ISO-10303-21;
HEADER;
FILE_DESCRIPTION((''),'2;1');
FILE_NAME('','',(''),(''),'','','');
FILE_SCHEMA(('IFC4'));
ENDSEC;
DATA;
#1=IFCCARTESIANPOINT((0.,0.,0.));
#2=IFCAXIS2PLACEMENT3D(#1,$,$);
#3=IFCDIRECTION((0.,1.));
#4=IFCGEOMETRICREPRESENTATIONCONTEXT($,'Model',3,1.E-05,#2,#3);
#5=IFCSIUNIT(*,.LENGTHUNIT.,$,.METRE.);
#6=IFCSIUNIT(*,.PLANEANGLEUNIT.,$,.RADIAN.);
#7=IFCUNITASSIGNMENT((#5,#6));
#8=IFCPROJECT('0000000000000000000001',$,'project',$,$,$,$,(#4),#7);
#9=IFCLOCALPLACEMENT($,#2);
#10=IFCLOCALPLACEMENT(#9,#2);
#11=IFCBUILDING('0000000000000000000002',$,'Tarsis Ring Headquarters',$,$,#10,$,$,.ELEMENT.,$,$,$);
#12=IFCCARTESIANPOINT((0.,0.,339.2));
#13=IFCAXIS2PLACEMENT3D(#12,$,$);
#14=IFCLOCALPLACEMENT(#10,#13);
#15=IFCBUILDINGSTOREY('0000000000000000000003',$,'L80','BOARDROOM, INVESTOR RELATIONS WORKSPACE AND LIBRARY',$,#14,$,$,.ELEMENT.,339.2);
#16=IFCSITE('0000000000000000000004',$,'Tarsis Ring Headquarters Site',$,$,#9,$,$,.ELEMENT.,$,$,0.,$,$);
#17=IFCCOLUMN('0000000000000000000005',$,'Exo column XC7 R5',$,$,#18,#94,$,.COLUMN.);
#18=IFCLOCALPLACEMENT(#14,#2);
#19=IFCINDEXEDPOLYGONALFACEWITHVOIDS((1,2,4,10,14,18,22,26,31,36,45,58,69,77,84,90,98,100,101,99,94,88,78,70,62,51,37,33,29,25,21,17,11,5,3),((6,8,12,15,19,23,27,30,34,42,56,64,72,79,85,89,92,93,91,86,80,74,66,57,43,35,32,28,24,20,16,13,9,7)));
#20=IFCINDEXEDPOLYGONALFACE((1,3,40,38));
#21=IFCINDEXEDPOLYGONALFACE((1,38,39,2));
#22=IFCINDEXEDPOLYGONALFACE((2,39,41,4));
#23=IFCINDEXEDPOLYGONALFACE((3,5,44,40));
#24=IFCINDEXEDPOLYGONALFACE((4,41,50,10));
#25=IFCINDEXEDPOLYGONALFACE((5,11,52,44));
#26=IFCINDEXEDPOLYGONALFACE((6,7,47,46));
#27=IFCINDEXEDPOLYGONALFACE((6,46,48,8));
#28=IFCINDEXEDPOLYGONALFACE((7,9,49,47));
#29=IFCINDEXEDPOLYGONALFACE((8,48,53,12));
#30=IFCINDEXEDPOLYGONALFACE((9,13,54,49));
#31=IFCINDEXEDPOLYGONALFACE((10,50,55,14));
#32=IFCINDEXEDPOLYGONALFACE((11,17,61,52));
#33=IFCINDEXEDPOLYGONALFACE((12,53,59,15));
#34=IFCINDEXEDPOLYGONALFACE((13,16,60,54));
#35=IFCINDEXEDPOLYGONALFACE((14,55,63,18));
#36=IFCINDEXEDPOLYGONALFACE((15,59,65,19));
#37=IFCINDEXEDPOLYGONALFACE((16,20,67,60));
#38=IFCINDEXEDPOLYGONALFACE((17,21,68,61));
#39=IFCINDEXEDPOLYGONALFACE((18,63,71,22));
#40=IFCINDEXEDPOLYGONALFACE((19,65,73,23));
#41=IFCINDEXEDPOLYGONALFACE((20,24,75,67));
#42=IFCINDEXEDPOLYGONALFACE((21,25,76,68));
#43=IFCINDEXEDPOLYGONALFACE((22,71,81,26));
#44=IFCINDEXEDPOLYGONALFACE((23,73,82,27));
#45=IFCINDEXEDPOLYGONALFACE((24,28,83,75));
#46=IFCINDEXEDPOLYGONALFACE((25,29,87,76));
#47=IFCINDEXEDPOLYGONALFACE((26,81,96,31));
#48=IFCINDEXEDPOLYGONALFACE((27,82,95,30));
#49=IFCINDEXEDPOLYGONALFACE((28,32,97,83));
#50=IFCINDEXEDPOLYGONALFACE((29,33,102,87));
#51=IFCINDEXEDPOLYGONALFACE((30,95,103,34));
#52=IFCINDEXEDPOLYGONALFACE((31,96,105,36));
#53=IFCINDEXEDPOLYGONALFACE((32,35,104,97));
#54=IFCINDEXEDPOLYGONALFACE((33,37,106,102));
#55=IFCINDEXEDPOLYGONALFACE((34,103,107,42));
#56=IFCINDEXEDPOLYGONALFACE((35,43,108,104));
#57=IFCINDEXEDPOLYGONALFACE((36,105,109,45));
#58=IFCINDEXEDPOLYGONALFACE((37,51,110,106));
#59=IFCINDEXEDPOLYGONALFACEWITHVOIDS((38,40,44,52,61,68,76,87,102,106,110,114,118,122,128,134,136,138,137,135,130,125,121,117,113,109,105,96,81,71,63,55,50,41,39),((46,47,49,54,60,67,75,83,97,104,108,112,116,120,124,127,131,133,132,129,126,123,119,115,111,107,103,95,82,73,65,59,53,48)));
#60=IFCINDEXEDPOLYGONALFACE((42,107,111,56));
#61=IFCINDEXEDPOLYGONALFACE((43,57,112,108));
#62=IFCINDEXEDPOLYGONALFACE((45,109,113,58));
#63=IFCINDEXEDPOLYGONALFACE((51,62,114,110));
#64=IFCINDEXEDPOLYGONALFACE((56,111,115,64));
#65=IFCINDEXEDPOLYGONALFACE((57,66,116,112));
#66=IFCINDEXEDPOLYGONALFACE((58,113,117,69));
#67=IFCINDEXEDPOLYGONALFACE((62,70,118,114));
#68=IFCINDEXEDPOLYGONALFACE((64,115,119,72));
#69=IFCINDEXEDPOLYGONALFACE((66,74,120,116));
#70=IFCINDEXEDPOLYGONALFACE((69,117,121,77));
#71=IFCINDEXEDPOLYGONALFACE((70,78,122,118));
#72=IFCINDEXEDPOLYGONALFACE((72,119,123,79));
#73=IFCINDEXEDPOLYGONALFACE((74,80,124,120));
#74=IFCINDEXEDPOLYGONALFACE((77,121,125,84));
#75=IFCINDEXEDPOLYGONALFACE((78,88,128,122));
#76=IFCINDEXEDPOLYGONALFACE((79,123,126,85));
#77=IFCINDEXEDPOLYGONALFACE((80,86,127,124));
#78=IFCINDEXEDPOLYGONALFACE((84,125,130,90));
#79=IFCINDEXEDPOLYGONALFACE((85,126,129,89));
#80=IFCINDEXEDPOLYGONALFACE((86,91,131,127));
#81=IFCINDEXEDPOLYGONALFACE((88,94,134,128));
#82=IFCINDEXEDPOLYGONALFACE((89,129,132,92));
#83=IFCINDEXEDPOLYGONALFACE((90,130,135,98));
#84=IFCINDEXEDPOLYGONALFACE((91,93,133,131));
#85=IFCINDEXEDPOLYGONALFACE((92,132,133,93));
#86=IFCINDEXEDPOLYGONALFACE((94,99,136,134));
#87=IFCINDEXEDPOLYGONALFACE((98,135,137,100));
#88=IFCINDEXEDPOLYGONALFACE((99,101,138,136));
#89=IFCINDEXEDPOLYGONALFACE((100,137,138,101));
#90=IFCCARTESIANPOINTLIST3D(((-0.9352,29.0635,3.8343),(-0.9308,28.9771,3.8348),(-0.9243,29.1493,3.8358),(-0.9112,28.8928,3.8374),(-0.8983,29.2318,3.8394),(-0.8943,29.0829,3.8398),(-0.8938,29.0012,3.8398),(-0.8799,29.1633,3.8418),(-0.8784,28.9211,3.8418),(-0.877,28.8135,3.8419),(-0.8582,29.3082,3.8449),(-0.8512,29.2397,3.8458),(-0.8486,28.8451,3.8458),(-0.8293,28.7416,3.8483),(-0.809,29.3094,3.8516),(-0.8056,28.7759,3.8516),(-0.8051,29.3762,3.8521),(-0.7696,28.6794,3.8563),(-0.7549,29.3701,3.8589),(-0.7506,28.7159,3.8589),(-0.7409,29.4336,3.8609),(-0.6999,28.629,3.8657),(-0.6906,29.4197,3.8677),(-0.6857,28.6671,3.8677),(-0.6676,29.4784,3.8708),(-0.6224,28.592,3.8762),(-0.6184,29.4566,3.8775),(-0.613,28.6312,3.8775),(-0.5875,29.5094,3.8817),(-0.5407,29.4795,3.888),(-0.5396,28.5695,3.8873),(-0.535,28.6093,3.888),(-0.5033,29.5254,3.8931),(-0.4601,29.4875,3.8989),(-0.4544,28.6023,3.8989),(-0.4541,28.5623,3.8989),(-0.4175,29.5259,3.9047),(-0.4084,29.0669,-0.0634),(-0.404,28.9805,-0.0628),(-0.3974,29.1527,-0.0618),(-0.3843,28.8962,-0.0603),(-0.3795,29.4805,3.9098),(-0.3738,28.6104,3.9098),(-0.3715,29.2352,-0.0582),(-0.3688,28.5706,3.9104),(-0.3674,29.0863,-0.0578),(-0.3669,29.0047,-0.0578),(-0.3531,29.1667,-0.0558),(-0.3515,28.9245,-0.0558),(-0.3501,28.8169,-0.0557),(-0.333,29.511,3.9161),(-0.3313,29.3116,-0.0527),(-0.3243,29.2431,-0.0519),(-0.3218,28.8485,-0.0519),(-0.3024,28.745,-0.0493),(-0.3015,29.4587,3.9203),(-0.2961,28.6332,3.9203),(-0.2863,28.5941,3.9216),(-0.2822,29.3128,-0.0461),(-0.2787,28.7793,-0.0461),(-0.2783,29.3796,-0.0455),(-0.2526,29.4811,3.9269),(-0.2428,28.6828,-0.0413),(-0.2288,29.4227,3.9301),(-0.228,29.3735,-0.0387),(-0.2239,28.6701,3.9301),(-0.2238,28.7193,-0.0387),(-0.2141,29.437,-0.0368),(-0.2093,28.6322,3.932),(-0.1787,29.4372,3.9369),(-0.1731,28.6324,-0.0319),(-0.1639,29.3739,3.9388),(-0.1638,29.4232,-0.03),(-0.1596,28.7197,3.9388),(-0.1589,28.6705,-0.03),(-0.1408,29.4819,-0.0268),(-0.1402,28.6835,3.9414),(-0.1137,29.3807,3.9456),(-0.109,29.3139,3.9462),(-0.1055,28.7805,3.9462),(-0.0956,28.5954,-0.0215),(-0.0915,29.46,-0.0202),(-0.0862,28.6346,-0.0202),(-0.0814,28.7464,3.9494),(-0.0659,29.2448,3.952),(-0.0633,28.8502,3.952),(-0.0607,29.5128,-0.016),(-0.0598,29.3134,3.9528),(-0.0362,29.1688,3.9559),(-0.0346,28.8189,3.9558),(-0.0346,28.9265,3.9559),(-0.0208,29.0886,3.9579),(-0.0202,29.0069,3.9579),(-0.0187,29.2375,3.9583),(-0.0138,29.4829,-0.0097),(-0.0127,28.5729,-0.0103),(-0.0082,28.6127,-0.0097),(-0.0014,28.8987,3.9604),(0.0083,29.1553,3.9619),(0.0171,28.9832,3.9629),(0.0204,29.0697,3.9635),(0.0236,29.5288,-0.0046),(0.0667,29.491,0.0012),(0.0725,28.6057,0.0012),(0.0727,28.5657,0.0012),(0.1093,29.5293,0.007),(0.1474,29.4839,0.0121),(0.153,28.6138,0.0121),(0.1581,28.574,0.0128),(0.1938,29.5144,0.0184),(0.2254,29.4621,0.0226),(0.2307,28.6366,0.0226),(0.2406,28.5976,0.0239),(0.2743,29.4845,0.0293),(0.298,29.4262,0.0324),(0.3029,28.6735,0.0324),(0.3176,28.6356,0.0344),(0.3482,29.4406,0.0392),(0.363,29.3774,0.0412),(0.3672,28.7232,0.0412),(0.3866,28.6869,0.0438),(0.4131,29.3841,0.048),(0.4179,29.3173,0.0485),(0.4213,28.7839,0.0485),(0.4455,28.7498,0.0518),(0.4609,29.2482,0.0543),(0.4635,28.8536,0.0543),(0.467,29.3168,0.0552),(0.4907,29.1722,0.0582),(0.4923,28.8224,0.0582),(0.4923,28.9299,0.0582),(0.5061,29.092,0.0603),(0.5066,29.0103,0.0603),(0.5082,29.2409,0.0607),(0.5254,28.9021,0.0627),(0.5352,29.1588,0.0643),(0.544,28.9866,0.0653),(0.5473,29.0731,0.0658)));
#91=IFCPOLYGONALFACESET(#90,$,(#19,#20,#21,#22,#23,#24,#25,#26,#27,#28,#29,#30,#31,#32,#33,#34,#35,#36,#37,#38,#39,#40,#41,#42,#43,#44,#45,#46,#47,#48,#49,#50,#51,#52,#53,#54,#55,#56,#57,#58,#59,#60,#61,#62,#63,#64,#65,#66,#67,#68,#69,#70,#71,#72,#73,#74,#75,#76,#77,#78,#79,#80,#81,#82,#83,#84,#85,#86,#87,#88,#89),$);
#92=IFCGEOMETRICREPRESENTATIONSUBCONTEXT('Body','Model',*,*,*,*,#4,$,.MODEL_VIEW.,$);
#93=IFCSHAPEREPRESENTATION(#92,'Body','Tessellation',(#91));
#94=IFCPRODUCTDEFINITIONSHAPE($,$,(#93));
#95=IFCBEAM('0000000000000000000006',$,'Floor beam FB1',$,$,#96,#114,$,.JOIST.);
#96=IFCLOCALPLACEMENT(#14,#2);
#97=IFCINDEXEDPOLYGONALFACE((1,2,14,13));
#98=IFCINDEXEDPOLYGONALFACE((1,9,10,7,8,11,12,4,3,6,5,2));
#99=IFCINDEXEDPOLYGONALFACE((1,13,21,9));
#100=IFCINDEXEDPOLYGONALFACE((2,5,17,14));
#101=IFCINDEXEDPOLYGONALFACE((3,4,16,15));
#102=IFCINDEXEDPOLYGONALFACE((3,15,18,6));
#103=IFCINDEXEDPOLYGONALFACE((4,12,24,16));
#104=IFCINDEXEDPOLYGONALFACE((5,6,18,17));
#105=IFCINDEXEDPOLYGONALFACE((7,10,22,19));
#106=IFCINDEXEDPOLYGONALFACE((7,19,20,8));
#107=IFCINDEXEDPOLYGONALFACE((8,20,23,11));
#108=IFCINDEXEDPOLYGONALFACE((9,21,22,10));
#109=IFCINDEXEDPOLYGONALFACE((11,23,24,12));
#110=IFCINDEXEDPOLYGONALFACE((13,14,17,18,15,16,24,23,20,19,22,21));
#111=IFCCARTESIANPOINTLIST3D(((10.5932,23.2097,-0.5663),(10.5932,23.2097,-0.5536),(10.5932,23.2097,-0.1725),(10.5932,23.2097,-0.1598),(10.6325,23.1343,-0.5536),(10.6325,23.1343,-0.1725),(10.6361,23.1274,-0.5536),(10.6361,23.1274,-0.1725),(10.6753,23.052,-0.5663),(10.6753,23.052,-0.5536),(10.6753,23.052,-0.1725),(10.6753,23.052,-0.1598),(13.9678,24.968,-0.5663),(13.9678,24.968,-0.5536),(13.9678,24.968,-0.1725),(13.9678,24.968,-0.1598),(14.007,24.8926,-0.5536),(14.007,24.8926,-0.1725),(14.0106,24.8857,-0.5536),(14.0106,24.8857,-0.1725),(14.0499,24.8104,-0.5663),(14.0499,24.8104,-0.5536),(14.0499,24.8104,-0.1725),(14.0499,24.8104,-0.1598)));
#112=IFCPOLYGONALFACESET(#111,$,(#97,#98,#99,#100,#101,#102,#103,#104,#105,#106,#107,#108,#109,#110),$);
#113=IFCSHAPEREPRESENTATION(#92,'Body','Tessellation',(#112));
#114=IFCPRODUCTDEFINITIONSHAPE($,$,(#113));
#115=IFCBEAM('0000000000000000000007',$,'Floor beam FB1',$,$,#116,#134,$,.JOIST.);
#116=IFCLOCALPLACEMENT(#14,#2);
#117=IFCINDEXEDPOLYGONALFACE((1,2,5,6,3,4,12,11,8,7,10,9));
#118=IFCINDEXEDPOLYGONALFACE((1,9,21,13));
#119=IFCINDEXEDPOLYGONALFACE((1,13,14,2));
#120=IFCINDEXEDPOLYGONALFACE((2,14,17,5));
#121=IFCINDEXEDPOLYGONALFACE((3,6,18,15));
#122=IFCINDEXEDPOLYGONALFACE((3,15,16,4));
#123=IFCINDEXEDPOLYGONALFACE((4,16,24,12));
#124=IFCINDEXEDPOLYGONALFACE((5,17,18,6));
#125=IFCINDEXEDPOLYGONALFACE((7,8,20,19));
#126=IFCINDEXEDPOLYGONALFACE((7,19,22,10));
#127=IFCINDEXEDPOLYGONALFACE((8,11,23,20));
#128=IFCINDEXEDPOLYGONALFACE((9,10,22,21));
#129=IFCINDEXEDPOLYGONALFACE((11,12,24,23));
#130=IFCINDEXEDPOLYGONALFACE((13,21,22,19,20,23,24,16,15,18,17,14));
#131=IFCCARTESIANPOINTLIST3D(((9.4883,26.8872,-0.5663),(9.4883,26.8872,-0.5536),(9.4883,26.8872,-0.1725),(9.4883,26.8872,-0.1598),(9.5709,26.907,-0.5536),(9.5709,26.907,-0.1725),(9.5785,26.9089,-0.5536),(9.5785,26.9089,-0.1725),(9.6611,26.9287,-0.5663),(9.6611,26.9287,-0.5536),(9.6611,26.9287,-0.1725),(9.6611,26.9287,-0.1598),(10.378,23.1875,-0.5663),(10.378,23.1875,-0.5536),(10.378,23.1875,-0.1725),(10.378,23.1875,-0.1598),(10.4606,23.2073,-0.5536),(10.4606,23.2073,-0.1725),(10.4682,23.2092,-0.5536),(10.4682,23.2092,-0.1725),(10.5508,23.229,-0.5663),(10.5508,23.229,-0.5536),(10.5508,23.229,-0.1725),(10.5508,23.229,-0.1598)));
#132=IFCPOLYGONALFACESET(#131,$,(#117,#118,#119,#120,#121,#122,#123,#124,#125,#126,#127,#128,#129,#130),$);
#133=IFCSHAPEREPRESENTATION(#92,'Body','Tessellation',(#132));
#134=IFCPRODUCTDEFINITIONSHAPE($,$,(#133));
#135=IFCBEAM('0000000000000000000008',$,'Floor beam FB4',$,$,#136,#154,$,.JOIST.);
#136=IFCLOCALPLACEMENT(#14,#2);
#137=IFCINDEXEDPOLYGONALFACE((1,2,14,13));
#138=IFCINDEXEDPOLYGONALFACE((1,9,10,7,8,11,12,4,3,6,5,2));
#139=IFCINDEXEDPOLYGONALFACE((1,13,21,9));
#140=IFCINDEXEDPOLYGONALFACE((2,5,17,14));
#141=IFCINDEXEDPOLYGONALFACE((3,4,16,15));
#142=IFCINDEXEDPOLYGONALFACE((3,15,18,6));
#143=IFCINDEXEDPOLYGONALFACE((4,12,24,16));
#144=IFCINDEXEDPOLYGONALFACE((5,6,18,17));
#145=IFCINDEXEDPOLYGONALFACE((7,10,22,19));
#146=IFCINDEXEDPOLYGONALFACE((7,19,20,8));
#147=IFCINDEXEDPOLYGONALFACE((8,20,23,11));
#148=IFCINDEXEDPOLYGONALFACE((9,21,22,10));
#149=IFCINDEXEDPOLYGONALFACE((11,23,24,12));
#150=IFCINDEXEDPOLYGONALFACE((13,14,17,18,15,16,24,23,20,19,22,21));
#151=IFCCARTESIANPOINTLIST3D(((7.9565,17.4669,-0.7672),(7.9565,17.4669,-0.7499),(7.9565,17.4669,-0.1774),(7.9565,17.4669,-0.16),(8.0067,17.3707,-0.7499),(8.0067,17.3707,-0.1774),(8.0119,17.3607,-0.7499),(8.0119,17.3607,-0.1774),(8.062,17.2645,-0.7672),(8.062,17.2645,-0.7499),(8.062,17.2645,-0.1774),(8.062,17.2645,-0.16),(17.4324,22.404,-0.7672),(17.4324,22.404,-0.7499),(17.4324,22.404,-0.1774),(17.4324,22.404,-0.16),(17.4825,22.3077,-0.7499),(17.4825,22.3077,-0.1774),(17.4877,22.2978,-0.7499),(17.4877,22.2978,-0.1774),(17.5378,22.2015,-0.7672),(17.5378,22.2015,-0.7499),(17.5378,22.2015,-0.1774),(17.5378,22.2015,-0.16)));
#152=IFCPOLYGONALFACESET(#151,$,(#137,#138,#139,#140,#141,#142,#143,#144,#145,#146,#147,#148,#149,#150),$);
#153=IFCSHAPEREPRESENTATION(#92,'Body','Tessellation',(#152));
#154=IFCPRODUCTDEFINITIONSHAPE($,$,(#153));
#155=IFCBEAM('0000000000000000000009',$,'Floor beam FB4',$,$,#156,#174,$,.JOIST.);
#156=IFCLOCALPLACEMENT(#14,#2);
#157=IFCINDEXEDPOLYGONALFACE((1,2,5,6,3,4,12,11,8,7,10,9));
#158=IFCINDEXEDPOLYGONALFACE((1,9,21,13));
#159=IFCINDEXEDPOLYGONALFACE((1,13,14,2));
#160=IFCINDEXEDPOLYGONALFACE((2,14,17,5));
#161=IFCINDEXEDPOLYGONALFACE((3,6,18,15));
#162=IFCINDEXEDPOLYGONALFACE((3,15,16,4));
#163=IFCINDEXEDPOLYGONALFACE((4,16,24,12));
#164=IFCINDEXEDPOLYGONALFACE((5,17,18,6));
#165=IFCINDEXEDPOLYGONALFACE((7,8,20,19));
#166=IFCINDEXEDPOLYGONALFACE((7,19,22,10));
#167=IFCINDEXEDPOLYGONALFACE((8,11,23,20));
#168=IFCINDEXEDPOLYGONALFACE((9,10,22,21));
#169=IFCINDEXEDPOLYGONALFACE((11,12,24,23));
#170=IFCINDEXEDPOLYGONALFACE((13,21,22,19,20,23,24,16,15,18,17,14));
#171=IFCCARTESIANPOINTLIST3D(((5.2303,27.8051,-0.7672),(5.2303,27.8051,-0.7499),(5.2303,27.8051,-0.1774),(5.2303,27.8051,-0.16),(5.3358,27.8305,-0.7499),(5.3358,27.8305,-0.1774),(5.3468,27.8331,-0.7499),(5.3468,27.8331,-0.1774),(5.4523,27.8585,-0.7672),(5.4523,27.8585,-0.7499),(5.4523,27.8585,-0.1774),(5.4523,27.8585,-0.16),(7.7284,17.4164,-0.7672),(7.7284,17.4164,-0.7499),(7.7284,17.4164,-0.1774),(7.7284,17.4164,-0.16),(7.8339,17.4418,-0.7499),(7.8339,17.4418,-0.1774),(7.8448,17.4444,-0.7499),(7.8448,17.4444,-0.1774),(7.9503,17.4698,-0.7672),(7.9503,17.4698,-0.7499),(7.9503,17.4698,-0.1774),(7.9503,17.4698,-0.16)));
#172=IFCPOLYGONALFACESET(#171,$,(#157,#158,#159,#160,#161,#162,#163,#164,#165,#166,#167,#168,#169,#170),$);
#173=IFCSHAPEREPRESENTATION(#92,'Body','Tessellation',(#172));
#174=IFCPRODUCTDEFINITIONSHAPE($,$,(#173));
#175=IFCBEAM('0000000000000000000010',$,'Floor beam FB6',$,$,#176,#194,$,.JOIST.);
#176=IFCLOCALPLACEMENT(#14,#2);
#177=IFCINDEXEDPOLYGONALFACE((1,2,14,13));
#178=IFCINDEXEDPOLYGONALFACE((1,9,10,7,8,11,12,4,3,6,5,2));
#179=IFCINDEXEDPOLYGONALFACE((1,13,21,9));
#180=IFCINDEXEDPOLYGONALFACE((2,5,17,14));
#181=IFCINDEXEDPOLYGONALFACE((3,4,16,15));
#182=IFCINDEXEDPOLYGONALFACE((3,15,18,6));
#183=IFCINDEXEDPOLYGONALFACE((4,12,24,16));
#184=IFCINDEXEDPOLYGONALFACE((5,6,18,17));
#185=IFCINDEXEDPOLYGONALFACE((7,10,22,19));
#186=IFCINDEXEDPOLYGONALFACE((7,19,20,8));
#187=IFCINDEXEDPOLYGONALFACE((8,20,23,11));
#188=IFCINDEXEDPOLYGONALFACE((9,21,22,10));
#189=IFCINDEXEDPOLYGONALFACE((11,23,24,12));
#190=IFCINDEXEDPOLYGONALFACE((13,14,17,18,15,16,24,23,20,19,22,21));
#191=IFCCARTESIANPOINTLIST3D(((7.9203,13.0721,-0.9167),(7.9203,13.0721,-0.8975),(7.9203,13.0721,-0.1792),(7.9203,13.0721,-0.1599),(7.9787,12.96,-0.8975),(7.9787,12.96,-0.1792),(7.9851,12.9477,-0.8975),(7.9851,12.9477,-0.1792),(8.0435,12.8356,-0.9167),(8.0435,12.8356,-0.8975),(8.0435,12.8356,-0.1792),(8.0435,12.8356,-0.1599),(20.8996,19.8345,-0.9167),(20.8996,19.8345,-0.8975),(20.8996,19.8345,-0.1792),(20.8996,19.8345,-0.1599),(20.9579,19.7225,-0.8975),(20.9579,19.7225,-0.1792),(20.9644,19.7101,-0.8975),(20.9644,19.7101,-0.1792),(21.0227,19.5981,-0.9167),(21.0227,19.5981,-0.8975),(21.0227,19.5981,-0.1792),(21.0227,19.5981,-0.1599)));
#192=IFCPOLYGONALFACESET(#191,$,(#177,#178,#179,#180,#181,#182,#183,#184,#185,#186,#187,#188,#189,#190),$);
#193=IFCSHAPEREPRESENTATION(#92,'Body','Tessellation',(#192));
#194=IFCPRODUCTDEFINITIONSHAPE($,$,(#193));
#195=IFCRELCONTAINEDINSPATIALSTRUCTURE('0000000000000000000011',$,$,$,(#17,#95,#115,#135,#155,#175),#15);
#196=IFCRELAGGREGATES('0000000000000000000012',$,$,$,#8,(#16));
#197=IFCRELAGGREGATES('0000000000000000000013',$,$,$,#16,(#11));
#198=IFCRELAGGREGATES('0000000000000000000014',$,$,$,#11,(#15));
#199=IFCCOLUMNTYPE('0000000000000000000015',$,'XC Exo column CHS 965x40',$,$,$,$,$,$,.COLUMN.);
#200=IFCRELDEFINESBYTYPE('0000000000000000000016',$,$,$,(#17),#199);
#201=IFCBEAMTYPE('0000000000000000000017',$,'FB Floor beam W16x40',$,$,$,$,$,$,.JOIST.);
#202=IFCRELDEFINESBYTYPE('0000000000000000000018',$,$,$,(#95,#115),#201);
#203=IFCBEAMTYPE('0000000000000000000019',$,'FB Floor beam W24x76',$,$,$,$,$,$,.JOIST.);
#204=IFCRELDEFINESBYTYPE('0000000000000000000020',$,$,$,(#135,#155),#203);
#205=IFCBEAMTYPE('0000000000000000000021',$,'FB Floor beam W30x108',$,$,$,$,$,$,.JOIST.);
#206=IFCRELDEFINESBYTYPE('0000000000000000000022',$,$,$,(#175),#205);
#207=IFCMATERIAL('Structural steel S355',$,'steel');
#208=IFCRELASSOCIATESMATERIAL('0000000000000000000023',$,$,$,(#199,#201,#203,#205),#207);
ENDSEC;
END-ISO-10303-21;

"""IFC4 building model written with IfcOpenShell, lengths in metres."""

from ifc_helpers import new_model, si_unit, direction, frame, origin, origin_2d, place, context, subcontext, project, spatial, hollow_circle, i_section, extrude, material, material_profile, profile_set, type_object, element, save


model = new_model("IFC4")

# Units and contexts
model_context = context("Model", 3, precision=1e-05, world=origin(), true_north=direction((0.0, 1.0)))
body_context = subcontext(model_context, "Body", "Model", "MODEL_VIEW")
ifc_project = project(units=[si_unit("LENGTHUNIT", "METRE"), si_unit("PLANEANGLEUNIT", "RADIAN")], contexts=[model_context])

# Site, building, storey
site_placement = place(None, origin())
site = spatial("IfcSite", under=ifc_project, at=site_placement, Name="Tarsis Ring Headquarters Site", CompositionType="ELEMENT", RefElevation=0.0)
building_placement = place(site_placement, origin())
building = spatial("IfcBuilding", under=site, at=building_placement, Name="Tarsis Ring Headquarters", CompositionType="ELEMENT")
storey_placement = place(building_placement, frame((0.0, 0.0, 339.2)))
storey = spatial("IfcBuildingStorey", under=building, at=storey_placement, Name="L80", Description="BOARDROOM, INVESTOR RELATIONS WORKSPACE AND LIBRARY", CompositionType="ELEMENT", Elevation=339.2)

# Column
ifc_material_1 = material(Name="Structural steel S355", Category="steel")
ifc_material_profile_1 = material_profile(ifc_material_1, hollow_circle(Radius=0.4827, WallThickness=0.04, at=origin_2d()), Name="CHS 965x40")
ifc_profile_set_1 = profile_set([ifc_material_profile_1], Name="Structural steel S355")
column_type = type_object("IfcColumnType", Name="XC Exo column CHS 965x40", PredefinedType="COLUMN", material=ifc_profile_set_1)
column_placement = place(storey_placement, frame((0.0696, 29.0483, 0.0012), z_axis=(-0.133952, -0.000869, 0.990987), x_axis=(0.006487, -0.999979, 0.0)))
element("IfcColumn", 1, at=column_placement, inside=storey, type_object=column_type, Name="Exo column XC7 R5", PredefinedType="COLUMN", context=body_context, shape_type="SweptSolid", body=[
    extrude(hollow_circle(Radius=0.4827, WallThickness=0.04, at=origin_2d()), origin(), (0.0, 0.0, 1.0), 3.9331),
])

# Beams
ifc_material_profile_2 = material_profile(ifc_material_1, i_section(OverallWidth=0.1777, OverallDepth=0.4065, WebThickness=0.0078, FlangeThickness=0.0127, at=origin_2d()), Name="W16x40")
ifc_profile_set_2 = profile_set([ifc_material_profile_2], Name="Structural steel S355")
beam_type_1 = type_object("IfcBeamType", Name="FB Floor beam W16x40", PredefinedType="JOIST", material=ifc_profile_set_2)
for number, where, z_axis, x_axis, name in (
    (2, (10.6343, 23.1309, -0.363), (0.886834, 0.462088, 0.0), (-0.462088, 0.886834, 0.0), "Floor beam FB1"),
    (3, (9.5747, 26.908, -0.363), (0.2338, -0.972285, 0.0), (0.972285, 0.2338, 0.0), "Floor beam FB1"),
):
    element("IfcBeam", number, at=place(storey_placement, frame(where, z_axis=z_axis, x_axis=x_axis)), inside=storey, type_object=beam_type_1, Name=name, PredefinedType="JOIST", context=body_context, shape_type="SweptSolid", body=[
        extrude(i_section(OverallWidth=0.1777, OverallDepth=0.4065, WebThickness=0.0078, FlangeThickness=0.0127, at=origin_2d()), origin(), (0.0, 0.0, 1.0), 3.8052),
    ])
ifc_material_profile_3 = material_profile(ifc_material_1, i_section(OverallWidth=0.2283, OverallDepth=0.6072, WebThickness=0.0112, FlangeThickness=0.0173, at=origin_2d()), Name="W24x76")
ifc_profile_set_3 = profile_set([ifc_material_profile_3], Name="Structural steel S355")
beam_type_2 = type_object("IfcBeamType", Name="FB Floor beam W24x76", PredefinedType="JOIST", material=ifc_profile_set_3)
for number, where, z_axis, x_axis, name in (
    (4, (8.0093, 17.3657, -0.4636), (0.88685, 0.462058, 0.0), (-0.462058, 0.88685, 0.0), "Floor beam FB4"),
    (5, (5.3413, 27.8318, -0.4636), (0.233795, -0.972286, 0.0), (0.972286, 0.233795, 0.0), "Floor beam FB4"),
):
    element("IfcBeam", number, at=place(storey_placement, frame(where, z_axis=z_axis, x_axis=x_axis)), inside=storey, type_object=beam_type_2, Name=name, PredefinedType="JOIST", context=body_context, shape_type="SweptSolid", body=[
        extrude(i_section(OverallWidth=0.2283, OverallDepth=0.6072, WebThickness=0.0112, FlangeThickness=0.0173, at=origin_2d()), origin(), (0.0, 0.0, 1.0), 10.6848),
    ])
ifc_material_profile_4 = material_profile(ifc_material_1, i_section(OverallWidth=0.2666, OverallDepth=0.7568, WebThickness=0.0139, FlangeThickness=0.0193, at=origin_2d()), Name="W30x108")
ifc_profile_set_4 = profile_set([ifc_material_profile_4], Name="Structural steel S355")
beam_type_3 = type_object("IfcBeamType", Name="FB Floor beam W30x108", PredefinedType="JOIST", material=ifc_profile_set_4)
beam_1_placement = place(storey_placement, frame((7.9819, 12.9539, -0.5383), z_axis=(0.886846, 0.462065, 0.0), x_axis=(-0.462065, 0.886846, 0.0)))
element("IfcBeam", 6, at=beam_1_placement, inside=storey, type_object=beam_type_3, Name="Floor beam FB6", PredefinedType="JOIST", context=body_context, shape_type="SweptSolid", body=[
    extrude(i_section(OverallWidth=0.2666, OverallDepth=0.7568, WebThickness=0.0139, FlangeThickness=0.0193, at=origin_2d()), origin(), (0.0, 0.0, 1.0), 14.6353),
])

save(model, "model.ifc")
